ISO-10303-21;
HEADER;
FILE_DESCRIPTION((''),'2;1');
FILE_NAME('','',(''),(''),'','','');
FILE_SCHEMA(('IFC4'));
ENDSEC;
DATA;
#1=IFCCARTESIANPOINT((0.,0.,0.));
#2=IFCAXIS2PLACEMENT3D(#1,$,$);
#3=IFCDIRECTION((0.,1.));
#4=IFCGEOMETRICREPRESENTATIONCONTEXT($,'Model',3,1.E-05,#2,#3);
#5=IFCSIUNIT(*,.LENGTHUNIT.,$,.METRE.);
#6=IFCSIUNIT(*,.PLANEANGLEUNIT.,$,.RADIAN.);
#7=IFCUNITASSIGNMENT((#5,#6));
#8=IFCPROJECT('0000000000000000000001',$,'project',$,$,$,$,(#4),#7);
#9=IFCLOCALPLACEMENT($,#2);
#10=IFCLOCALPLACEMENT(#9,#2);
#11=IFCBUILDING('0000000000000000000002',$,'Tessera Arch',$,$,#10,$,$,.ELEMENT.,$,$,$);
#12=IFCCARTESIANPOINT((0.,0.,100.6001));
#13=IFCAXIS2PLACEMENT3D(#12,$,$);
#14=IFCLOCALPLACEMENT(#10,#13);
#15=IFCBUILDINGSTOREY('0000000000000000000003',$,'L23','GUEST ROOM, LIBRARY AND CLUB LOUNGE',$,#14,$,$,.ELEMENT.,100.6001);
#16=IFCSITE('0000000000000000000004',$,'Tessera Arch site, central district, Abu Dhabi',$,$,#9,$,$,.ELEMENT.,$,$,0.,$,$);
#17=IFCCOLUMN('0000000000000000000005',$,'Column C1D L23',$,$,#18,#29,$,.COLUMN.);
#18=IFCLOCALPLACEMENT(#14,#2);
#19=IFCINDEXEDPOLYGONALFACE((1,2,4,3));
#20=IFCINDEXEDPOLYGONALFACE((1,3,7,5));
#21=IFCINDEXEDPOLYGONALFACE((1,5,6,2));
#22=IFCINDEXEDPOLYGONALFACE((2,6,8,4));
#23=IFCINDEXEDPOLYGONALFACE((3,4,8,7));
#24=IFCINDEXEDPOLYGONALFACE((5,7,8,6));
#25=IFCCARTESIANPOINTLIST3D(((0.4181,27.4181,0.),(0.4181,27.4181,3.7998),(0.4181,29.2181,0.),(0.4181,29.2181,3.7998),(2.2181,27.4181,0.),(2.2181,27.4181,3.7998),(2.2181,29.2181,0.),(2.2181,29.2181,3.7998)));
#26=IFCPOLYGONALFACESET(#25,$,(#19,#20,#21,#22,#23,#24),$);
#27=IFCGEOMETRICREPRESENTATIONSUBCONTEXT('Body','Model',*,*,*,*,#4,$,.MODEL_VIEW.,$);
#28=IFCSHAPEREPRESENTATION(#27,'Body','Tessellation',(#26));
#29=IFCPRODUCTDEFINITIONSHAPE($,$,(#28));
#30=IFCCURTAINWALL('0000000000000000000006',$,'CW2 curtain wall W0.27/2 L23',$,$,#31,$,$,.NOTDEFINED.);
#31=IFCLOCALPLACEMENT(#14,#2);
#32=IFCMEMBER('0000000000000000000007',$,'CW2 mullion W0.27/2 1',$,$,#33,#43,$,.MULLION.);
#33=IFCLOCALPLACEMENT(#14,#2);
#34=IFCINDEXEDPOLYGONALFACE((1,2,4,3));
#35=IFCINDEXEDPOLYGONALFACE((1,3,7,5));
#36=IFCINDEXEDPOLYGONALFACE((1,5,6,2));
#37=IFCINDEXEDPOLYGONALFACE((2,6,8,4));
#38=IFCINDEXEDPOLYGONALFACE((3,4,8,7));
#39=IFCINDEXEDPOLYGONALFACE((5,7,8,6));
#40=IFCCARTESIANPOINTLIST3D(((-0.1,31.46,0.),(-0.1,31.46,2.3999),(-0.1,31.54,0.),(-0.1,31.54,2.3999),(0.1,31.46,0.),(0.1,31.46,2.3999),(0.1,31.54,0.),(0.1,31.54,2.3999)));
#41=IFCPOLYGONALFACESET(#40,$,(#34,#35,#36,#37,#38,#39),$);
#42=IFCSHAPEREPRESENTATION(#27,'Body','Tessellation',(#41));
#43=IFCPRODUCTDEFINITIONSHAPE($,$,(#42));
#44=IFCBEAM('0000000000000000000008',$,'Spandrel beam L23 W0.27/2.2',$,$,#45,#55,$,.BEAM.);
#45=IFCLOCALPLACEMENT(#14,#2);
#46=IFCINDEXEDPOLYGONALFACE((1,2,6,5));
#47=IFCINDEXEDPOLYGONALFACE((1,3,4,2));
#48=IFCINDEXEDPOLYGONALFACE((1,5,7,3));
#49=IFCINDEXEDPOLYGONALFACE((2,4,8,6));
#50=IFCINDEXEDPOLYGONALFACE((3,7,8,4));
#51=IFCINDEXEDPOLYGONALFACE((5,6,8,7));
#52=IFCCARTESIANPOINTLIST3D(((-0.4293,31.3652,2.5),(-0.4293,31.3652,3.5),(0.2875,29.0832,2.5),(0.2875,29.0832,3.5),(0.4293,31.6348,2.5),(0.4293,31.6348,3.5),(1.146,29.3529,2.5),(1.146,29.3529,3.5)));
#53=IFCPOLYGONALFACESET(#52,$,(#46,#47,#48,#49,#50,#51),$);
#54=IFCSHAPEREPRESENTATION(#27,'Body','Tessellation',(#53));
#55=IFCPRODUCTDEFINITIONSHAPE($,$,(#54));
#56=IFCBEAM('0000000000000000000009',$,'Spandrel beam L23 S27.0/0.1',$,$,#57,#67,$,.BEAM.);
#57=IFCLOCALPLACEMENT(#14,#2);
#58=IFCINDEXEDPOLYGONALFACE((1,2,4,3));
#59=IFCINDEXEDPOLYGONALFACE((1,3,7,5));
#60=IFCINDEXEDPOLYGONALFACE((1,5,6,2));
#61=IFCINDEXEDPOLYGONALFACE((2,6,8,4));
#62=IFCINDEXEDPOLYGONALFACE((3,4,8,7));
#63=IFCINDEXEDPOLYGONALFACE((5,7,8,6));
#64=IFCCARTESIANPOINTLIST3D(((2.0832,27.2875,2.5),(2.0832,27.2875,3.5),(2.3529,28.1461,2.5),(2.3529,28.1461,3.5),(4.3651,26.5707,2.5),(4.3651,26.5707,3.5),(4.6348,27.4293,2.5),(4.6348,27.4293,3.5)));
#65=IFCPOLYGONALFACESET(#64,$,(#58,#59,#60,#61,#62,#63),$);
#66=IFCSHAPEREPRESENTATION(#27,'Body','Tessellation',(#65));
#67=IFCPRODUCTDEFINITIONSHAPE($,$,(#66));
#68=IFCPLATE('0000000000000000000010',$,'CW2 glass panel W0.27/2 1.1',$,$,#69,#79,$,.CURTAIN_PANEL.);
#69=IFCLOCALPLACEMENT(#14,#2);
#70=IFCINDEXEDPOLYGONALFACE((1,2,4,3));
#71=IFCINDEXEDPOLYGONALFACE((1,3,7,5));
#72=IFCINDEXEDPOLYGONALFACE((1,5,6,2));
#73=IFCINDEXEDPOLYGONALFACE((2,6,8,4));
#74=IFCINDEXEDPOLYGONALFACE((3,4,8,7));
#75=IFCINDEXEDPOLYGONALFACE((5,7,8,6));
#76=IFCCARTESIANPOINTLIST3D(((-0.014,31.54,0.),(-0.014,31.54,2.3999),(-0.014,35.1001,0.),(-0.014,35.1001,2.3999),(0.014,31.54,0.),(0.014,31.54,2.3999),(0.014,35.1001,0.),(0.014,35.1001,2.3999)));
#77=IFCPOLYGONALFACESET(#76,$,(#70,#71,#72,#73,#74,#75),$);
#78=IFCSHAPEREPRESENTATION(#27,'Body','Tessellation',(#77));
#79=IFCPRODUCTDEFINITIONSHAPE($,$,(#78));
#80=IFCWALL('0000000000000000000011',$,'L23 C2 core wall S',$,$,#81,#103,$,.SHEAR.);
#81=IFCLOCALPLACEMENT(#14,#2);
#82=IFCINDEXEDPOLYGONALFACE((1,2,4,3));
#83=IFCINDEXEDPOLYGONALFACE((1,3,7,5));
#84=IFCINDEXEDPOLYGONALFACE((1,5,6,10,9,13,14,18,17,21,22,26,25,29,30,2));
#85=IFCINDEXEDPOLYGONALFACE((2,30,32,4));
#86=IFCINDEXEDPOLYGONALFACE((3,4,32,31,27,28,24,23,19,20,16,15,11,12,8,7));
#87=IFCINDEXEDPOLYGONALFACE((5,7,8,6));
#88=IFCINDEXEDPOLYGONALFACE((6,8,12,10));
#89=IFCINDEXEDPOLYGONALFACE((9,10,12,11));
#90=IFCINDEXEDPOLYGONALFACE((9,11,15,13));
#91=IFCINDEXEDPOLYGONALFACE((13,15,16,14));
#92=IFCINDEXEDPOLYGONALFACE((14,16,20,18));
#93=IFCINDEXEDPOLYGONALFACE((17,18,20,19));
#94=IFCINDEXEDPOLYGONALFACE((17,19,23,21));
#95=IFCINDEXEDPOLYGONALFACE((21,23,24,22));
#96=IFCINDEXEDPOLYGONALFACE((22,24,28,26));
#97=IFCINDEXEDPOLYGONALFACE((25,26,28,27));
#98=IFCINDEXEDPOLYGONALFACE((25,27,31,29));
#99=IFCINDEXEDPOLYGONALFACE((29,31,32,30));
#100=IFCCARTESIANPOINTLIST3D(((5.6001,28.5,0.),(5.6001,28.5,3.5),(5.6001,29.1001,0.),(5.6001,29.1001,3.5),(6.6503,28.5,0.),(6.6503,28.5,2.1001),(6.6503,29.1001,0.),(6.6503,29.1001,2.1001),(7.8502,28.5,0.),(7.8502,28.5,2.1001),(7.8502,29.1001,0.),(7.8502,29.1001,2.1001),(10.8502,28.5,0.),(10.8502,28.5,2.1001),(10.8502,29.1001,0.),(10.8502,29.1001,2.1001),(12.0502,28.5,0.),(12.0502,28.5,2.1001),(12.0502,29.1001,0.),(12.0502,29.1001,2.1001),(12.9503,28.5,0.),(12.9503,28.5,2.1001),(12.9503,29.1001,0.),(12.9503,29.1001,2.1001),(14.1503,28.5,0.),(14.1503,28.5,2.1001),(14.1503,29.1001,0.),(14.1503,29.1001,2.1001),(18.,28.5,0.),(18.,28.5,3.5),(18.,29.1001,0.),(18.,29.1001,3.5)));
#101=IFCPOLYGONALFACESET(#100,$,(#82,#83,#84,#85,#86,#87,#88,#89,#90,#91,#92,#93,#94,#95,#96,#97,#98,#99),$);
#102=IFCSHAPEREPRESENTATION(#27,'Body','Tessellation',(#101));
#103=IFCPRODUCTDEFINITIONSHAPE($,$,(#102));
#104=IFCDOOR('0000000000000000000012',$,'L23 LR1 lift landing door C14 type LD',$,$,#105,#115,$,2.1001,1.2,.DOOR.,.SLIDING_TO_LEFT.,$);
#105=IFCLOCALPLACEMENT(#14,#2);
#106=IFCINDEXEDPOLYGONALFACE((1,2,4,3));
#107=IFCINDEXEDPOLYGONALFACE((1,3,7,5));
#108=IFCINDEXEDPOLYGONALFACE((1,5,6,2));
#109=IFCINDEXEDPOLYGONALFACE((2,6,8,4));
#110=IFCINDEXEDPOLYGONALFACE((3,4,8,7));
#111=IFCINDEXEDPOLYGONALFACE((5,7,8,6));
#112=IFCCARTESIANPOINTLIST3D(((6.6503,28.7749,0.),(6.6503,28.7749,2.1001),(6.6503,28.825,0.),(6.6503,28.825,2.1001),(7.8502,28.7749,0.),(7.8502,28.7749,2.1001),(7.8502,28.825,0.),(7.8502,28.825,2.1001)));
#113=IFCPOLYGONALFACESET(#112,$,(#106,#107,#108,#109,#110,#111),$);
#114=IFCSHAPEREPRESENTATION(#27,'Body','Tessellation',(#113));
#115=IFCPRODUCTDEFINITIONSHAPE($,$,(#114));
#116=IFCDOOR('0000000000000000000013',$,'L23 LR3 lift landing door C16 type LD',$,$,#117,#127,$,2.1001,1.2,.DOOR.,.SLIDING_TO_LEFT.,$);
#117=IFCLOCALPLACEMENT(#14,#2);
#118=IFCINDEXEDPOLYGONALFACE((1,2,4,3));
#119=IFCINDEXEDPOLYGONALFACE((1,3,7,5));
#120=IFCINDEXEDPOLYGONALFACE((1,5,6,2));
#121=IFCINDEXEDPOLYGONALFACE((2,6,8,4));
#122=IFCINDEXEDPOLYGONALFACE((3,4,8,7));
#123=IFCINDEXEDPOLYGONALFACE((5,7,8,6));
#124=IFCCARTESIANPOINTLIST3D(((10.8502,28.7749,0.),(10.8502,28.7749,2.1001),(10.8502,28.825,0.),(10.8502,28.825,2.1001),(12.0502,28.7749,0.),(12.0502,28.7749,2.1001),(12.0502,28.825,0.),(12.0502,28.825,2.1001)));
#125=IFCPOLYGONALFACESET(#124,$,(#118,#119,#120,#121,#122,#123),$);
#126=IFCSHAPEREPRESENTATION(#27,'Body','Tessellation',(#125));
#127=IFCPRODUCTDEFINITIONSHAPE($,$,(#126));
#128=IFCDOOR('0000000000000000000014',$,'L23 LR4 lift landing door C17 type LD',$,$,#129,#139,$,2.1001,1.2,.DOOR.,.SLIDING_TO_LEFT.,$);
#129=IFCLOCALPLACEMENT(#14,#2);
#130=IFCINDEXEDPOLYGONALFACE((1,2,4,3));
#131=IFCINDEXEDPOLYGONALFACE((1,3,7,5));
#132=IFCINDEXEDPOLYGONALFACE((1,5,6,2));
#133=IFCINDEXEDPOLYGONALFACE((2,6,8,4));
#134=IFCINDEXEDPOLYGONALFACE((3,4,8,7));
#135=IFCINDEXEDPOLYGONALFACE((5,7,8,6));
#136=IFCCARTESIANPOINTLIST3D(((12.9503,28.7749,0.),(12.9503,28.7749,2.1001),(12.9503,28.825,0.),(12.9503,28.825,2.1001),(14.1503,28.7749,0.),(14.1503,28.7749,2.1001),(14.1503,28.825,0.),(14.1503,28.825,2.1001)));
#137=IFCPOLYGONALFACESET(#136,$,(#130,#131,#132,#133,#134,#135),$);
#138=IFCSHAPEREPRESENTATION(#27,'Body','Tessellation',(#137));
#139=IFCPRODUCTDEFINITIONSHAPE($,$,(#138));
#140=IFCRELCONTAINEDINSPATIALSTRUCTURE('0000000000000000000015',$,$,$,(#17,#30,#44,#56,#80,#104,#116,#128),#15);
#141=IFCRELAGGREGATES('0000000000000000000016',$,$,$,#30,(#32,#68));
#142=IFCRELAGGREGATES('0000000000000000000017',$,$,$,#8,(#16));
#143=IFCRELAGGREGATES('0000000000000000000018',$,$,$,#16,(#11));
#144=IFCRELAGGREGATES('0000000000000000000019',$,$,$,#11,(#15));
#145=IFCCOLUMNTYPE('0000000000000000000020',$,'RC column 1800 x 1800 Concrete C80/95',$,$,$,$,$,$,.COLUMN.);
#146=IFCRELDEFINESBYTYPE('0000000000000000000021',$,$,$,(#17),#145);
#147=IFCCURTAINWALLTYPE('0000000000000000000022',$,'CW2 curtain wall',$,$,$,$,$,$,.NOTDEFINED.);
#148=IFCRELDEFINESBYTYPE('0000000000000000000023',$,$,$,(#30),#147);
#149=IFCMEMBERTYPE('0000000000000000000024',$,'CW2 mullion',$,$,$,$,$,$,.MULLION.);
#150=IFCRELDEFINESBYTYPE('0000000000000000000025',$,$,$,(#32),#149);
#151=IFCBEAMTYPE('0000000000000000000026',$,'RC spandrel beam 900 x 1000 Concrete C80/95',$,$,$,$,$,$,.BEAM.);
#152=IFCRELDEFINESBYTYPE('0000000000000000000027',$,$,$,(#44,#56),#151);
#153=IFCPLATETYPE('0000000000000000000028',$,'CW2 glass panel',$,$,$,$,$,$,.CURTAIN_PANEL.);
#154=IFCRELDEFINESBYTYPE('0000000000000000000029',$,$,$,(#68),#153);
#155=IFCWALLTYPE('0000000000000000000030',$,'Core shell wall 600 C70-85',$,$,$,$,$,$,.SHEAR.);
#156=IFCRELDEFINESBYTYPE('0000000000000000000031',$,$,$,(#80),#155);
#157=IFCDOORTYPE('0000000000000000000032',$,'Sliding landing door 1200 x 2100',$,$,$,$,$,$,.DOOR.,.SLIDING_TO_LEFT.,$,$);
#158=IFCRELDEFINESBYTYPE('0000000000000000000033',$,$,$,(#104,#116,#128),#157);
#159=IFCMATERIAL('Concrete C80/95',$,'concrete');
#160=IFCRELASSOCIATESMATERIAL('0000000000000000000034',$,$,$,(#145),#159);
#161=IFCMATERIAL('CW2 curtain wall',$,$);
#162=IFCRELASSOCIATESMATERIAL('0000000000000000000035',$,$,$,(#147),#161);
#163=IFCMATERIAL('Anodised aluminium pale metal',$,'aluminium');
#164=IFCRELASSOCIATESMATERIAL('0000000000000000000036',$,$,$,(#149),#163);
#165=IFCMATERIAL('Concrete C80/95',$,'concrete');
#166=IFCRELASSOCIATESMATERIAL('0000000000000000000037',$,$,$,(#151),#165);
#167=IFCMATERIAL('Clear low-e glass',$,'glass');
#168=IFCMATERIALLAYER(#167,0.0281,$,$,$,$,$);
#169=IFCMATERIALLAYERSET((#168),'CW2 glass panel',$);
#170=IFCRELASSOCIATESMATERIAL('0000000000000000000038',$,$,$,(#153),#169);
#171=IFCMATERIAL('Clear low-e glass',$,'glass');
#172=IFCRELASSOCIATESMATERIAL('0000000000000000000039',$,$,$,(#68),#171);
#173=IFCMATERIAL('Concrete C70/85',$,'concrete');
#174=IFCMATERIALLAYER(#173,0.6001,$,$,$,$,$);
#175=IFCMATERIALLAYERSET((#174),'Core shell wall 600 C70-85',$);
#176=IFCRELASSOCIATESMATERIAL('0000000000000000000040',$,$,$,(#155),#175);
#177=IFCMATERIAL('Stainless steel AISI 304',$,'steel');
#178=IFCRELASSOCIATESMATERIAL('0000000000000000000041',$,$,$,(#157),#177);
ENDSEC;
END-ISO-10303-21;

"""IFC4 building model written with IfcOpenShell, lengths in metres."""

from ifc_helpers import new_model, si_unit, direction, frame, frame_2d, origin, origin_2d, place, context, subcontext, project, spatial, rectangle, extrude, material, layer, layer_set, material_profile, profile_set, type_object, element, fill, aggregate, save


model = new_model("IFC4")

# Units and contexts
model_context = context("Model", 3, precision=1e-05, world=origin(), true_north=direction((0.0, 1.0)))
body_context = subcontext(model_context, "Body", "Model", "MODEL_VIEW")
ifc_project = project(units=[si_unit("LENGTHUNIT", "METRE"), si_unit("PLANEANGLEUNIT", "RADIAN")], contexts=[model_context])

# Site, building, storey
site_placement = place(None, origin())
site = spatial("IfcSite", under=ifc_project, at=site_placement, Name="Tessera Arch site, central district, Abu Dhabi", CompositionType="ELEMENT", RefElevation=0.0)
building_placement = place(site_placement, origin())
building = spatial("IfcBuilding", under=site, at=building_placement, Name="Tessera Arch", CompositionType="ELEMENT")
storey_placement = place(building_placement, frame((0.0, 0.0, 100.6001)))
storey = spatial("IfcBuildingStorey", under=building, at=storey_placement, Name="L23", Description="GUEST ROOM, LIBRARY AND CLUB LOUNGE", CompositionType="ELEMENT", Elevation=100.6001)

# Column
ifc_material_1 = material(Name="Concrete C80/95", Category="concrete")
ifc_material_profile_1 = material_profile(ifc_material_1, rectangle(XDim=1.8, YDim=1.8, at=origin_2d()), Name="RC column 1800 x 1800 Concrete C80/95")
ifc_profile_set_1 = profile_set([ifc_material_profile_1], Name="Concrete C80/95")
column_type = type_object("IfcColumnType", Name="RC column 1800 x 1800 Concrete C80/95", PredefinedType="COLUMN", material=ifc_profile_set_1)
column_placement = place(storey_placement, frame((1.3181, 28.3181, 0.0), z_axis=(0.0, 0.0, 1.0), x_axis=(1.0, 0.0, 0.0)))
element("IfcColumn", 1, at=column_placement, inside=storey, type_object=column_type, Name="Column C1D L23", PredefinedType="COLUMN", context=body_context, shape_type="SweptSolid", body=[
    extrude(rectangle(XDim=1.8, YDim=1.8, at=origin_2d()), origin(), (0.0, 0.0, 1.0), 3.7998),
])

# Curtain wall, member
ifc_material_2 = material(Name="CW2 curtain wall")
curtain_wall_type = type_object("IfcCurtainWallType", Name="CW2 curtain wall", PredefinedType="NOTDEFINED", material=ifc_material_2)
curtain_wall_placement = place(storey_placement, origin())
curtain_wall = element("IfcCurtainWall", 2, at=curtain_wall_placement, inside=storey, type_object=curtain_wall_type, Name="CW2 curtain wall W0.27/2 L23", PredefinedType="NOTDEFINED")
ifc_material_3 = material(Name="Anodised aluminium pale metal", Category="aluminium")
ifc_material_profile_2 = material_profile(ifc_material_3, rectangle(XDim=0.2, YDim=0.0801, at=origin_2d()), Name="AL 80x200")
ifc_profile_set_2 = profile_set([ifc_material_profile_2], Name="Anodised aluminium pale metal")
member_type = type_object("IfcMemberType", Name="CW2 mullion", PredefinedType="MULLION", material=ifc_profile_set_2)
member_placement = place(storey_placement, frame((0.0, 31.5, 0.0), z_axis=(0.0, 0.0, 1.0), x_axis=(1.0, 0.0, 0.0)))
member = element("IfcMember", 3, at=member_placement, type_object=member_type, Name="CW2 mullion W0.27/2 1", PredefinedType="MULLION", context=body_context, shape_type="SweptSolid", body=[
    extrude(rectangle(XDim=0.2, YDim=0.0801, at=origin_2d()), origin(), (0.0, 0.0, 1.0), 2.3999),
])

# Beams
ifc_material_4 = material(Name="Concrete C80/95", Category="concrete")
ifc_material_profile_3 = material_profile(ifc_material_4, rectangle(XDim=0.8999, YDim=1.0, at=origin_2d()), Name="RC spandrel beam 900 x 1000 Concrete C80/95")
ifc_profile_set_3 = profile_set([ifc_material_profile_3], Name="Concrete C80/95")
beam_type = type_object("IfcBeamType", Name="RC spandrel beam 900 x 1000 Concrete C80/95", PredefinedType="BEAM", material=ifc_profile_set_3)
for number, where, z_axis, x_axis, name in (
    (4, (0.0, 31.5, 3.0), (0.299675, -0.954041, 0.0), (0.954041, 0.299675, 0.0), "Spandrel beam L23 W0.27/2.2"),
    (5, (2.218, 27.7168, 3.0), (0.954041, -0.299675, 0.0), (0.299675, 0.954041, 0.0), "Spandrel beam L23 S27.0/0.1"),
):
    element("IfcBeam", number, at=place(storey_placement, frame(where, z_axis=z_axis, x_axis=x_axis)), inside=storey, type_object=beam_type, Name=name, PredefinedType="BEAM", context=body_context, shape_type="SweptSolid", body=[
        extrude(rectangle(XDim=0.8999, YDim=1.0, at=origin_2d()), origin(), (0.0, 0.0, 1.0), 2.3918),
    ])

# Plate
ifc_material_5 = material(Name="Clear low-e glass", Category="glass")
ifc_material_6 = material(Name="Clear low-e glass", Category="glass")
ifc_layer_1 = layer(ifc_material_6, 0.0281)
ifc_layer_set_1 = layer_set([ifc_layer_1], Name="CW2 glass panel")
plate_type = type_object("IfcPlateType", Name="CW2 glass panel", PredefinedType="CURTAIN_PANEL", material=ifc_layer_set_1)
plate_placement = place(storey_placement, frame((0.0, 33.3201, 0.0), z_axis=(0.0, 0.0, 1.0), x_axis=(0.0, -1.0, 0.0)))
plate = element("IfcPlate", 6, at=plate_placement, type_object=plate_type, material=ifc_material_5, Name="CW2 glass panel W0.27/2 1.1", PredefinedType="CURTAIN_PANEL", context=body_context, shape_type="SweptSolid", body=[
    extrude(rectangle(XDim=3.5601, YDim=0.0281, at=origin_2d()), origin(), (0.0, 0.0, 1.0), 2.3999),
])
aggregate(curtain_wall, [member, plate])

# Wall, openings, doors
ifc_material_7 = material(Name="Concrete C70/85", Category="concrete")
ifc_layer_2 = layer(ifc_material_7, 0.6001)
ifc_layer_set_2 = layer_set([ifc_layer_2], Name="Core shell wall 600 C70-85")
wall_type_1 = type_object("IfcWallType", Name="Core shell wall 600 C70-85", PredefinedType="SHEAR", material=ifc_layer_set_2)
wall_1_placement = place(storey_placement, frame((5.6001, 28.8, 0.0), z_axis=(0.0, 0.0, 1.0), x_axis=(1.0, 0.0, 0.0)))
wall_1 = element("IfcWall", 7, at=wall_1_placement, inside=storey, type_object=wall_type_1, Name="L23 C2 core wall S", PredefinedType="SHEAR", context=body_context, shape_type="SweptSolid", body=[
    extrude(rectangle(XDim=12.3999, YDim=0.6001, at=frame_2d((6.2, 0.0))), origin(), (0.0, 0.0, 1.0), 3.5),
])
opening_1_placement = place(wall_1_placement, frame((1.05, 0.0, 0.0)))
opening_1 = element("IfcOpeningElement", 8, at=opening_1_placement, cuts=wall_1, PredefinedType="OPENING", context=body_context, shape_type="SweptSolid", body=[
    extrude(rectangle(XDim=1.2, YDim=2.1001, at=frame_2d((0.6001, 1.05))), frame((0.0, 0.3101, 0.0), z_axis=(0.0, -1.0, 0.0), x_axis=(1.0, 0.0, 0.0)), (0.0, 0.0, 1.0), 0.6201),
])
opening_2_placement = place(wall_1_placement, frame((5.25, 0.0, 0.0)))
opening_2 = element("IfcOpeningElement", 9, at=opening_2_placement, cuts=wall_1, PredefinedType="OPENING", context=body_context, shape_type="SweptSolid", body=[
    extrude(rectangle(XDim=1.2, YDim=2.1001, at=frame_2d((0.6001, 1.05))), frame((0.0, 0.3101, 0.0), z_axis=(0.0, -1.0, 0.0), x_axis=(1.0, 0.0, 0.0)), (0.0, 0.0, 1.0), 0.6201),
])
opening_3_placement = place(wall_1_placement, frame((7.3501, 0.0, 0.0)))
opening_3 = element("IfcOpeningElement", 10, at=opening_3_placement, cuts=wall_1, PredefinedType="OPENING", context=body_context, shape_type="SweptSolid", body=[
    extrude(rectangle(XDim=1.2, YDim=2.1001, at=frame_2d((0.6001, 1.05))), frame((0.0, 0.3101, 0.0), z_axis=(0.0, -1.0, 0.0), x_axis=(1.0, 0.0, 0.0)), (0.0, 0.0, 1.0), 0.6201),
])
ifc_material_8 = material(Name="Stainless steel AISI 304", Category="steel")
door_type_1 = type_object("IfcDoorType", Name="Sliding landing door 1200 x 2100", OperationType="SLIDING_TO_LEFT", PredefinedType="DOOR", material=ifc_material_8)
door_1_placement = place(opening_1_placement, origin())
door_1 = element("IfcDoor", 11, at=door_1_placement, inside=storey, type_object=door_type_1, Name="L23 LR1 lift landing door C14 type LD", OperationType="SLIDING_TO_LEFT", OverallHeight=2.1001, OverallWidth=1.2, PredefinedType="DOOR", context=body_context, shape_type="SweptSolid", body=[
    extrude(rectangle(XDim=1.2, YDim=2.1001, at=frame_2d((0.6001, 1.05))), frame((0.0, 0.0249, 0.0), z_axis=(0.0, -1.0, 0.0), x_axis=(1.0, 0.0, 0.0)), (0.0, 0.0, 1.0), 0.05),
])
fill(opening_1, door_1)
door_2_placement = place(opening_2_placement, origin())
door_2 = element("IfcDoor", 12, at=door_2_placement, inside=storey, type_object=door_type_1, Name="L23 LR3 lift landing door C16 type LD", OperationType="SLIDING_TO_LEFT", OverallHeight=2.1001, OverallWidth=1.2, PredefinedType="DOOR", context=body_context, shape_type="SweptSolid", body=[
    extrude(rectangle(XDim=1.2, YDim=2.1001, at=frame_2d((0.6001, 1.05))), frame((0.0, 0.0249, 0.0), z_axis=(0.0, -1.0, 0.0), x_axis=(1.0, 0.0, 0.0)), (0.0, 0.0, 1.0), 0.05),
])
fill(opening_2, door_2)
door_3_placement = place(opening_3_placement, origin())
door_3 = element("IfcDoor", 13, at=door_3_placement, inside=storey, type_object=door_type_1, Name="L23 LR4 lift landing door C17 type LD", OperationType="SLIDING_TO_LEFT", OverallHeight=2.1001, OverallWidth=1.2, PredefinedType="DOOR", context=body_context, shape_type="SweptSolid", body=[
    extrude(rectangle(XDim=1.2, YDim=2.1001, at=frame_2d((0.6001, 1.05))), frame((0.0, 0.0249, 0.0), z_axis=(0.0, -1.0, 0.0), x_axis=(1.0, 0.0, 0.0)), (0.0, 0.0, 1.0), 0.05),
])
fill(opening_3, door_3)

save(model, "model.ifc")
